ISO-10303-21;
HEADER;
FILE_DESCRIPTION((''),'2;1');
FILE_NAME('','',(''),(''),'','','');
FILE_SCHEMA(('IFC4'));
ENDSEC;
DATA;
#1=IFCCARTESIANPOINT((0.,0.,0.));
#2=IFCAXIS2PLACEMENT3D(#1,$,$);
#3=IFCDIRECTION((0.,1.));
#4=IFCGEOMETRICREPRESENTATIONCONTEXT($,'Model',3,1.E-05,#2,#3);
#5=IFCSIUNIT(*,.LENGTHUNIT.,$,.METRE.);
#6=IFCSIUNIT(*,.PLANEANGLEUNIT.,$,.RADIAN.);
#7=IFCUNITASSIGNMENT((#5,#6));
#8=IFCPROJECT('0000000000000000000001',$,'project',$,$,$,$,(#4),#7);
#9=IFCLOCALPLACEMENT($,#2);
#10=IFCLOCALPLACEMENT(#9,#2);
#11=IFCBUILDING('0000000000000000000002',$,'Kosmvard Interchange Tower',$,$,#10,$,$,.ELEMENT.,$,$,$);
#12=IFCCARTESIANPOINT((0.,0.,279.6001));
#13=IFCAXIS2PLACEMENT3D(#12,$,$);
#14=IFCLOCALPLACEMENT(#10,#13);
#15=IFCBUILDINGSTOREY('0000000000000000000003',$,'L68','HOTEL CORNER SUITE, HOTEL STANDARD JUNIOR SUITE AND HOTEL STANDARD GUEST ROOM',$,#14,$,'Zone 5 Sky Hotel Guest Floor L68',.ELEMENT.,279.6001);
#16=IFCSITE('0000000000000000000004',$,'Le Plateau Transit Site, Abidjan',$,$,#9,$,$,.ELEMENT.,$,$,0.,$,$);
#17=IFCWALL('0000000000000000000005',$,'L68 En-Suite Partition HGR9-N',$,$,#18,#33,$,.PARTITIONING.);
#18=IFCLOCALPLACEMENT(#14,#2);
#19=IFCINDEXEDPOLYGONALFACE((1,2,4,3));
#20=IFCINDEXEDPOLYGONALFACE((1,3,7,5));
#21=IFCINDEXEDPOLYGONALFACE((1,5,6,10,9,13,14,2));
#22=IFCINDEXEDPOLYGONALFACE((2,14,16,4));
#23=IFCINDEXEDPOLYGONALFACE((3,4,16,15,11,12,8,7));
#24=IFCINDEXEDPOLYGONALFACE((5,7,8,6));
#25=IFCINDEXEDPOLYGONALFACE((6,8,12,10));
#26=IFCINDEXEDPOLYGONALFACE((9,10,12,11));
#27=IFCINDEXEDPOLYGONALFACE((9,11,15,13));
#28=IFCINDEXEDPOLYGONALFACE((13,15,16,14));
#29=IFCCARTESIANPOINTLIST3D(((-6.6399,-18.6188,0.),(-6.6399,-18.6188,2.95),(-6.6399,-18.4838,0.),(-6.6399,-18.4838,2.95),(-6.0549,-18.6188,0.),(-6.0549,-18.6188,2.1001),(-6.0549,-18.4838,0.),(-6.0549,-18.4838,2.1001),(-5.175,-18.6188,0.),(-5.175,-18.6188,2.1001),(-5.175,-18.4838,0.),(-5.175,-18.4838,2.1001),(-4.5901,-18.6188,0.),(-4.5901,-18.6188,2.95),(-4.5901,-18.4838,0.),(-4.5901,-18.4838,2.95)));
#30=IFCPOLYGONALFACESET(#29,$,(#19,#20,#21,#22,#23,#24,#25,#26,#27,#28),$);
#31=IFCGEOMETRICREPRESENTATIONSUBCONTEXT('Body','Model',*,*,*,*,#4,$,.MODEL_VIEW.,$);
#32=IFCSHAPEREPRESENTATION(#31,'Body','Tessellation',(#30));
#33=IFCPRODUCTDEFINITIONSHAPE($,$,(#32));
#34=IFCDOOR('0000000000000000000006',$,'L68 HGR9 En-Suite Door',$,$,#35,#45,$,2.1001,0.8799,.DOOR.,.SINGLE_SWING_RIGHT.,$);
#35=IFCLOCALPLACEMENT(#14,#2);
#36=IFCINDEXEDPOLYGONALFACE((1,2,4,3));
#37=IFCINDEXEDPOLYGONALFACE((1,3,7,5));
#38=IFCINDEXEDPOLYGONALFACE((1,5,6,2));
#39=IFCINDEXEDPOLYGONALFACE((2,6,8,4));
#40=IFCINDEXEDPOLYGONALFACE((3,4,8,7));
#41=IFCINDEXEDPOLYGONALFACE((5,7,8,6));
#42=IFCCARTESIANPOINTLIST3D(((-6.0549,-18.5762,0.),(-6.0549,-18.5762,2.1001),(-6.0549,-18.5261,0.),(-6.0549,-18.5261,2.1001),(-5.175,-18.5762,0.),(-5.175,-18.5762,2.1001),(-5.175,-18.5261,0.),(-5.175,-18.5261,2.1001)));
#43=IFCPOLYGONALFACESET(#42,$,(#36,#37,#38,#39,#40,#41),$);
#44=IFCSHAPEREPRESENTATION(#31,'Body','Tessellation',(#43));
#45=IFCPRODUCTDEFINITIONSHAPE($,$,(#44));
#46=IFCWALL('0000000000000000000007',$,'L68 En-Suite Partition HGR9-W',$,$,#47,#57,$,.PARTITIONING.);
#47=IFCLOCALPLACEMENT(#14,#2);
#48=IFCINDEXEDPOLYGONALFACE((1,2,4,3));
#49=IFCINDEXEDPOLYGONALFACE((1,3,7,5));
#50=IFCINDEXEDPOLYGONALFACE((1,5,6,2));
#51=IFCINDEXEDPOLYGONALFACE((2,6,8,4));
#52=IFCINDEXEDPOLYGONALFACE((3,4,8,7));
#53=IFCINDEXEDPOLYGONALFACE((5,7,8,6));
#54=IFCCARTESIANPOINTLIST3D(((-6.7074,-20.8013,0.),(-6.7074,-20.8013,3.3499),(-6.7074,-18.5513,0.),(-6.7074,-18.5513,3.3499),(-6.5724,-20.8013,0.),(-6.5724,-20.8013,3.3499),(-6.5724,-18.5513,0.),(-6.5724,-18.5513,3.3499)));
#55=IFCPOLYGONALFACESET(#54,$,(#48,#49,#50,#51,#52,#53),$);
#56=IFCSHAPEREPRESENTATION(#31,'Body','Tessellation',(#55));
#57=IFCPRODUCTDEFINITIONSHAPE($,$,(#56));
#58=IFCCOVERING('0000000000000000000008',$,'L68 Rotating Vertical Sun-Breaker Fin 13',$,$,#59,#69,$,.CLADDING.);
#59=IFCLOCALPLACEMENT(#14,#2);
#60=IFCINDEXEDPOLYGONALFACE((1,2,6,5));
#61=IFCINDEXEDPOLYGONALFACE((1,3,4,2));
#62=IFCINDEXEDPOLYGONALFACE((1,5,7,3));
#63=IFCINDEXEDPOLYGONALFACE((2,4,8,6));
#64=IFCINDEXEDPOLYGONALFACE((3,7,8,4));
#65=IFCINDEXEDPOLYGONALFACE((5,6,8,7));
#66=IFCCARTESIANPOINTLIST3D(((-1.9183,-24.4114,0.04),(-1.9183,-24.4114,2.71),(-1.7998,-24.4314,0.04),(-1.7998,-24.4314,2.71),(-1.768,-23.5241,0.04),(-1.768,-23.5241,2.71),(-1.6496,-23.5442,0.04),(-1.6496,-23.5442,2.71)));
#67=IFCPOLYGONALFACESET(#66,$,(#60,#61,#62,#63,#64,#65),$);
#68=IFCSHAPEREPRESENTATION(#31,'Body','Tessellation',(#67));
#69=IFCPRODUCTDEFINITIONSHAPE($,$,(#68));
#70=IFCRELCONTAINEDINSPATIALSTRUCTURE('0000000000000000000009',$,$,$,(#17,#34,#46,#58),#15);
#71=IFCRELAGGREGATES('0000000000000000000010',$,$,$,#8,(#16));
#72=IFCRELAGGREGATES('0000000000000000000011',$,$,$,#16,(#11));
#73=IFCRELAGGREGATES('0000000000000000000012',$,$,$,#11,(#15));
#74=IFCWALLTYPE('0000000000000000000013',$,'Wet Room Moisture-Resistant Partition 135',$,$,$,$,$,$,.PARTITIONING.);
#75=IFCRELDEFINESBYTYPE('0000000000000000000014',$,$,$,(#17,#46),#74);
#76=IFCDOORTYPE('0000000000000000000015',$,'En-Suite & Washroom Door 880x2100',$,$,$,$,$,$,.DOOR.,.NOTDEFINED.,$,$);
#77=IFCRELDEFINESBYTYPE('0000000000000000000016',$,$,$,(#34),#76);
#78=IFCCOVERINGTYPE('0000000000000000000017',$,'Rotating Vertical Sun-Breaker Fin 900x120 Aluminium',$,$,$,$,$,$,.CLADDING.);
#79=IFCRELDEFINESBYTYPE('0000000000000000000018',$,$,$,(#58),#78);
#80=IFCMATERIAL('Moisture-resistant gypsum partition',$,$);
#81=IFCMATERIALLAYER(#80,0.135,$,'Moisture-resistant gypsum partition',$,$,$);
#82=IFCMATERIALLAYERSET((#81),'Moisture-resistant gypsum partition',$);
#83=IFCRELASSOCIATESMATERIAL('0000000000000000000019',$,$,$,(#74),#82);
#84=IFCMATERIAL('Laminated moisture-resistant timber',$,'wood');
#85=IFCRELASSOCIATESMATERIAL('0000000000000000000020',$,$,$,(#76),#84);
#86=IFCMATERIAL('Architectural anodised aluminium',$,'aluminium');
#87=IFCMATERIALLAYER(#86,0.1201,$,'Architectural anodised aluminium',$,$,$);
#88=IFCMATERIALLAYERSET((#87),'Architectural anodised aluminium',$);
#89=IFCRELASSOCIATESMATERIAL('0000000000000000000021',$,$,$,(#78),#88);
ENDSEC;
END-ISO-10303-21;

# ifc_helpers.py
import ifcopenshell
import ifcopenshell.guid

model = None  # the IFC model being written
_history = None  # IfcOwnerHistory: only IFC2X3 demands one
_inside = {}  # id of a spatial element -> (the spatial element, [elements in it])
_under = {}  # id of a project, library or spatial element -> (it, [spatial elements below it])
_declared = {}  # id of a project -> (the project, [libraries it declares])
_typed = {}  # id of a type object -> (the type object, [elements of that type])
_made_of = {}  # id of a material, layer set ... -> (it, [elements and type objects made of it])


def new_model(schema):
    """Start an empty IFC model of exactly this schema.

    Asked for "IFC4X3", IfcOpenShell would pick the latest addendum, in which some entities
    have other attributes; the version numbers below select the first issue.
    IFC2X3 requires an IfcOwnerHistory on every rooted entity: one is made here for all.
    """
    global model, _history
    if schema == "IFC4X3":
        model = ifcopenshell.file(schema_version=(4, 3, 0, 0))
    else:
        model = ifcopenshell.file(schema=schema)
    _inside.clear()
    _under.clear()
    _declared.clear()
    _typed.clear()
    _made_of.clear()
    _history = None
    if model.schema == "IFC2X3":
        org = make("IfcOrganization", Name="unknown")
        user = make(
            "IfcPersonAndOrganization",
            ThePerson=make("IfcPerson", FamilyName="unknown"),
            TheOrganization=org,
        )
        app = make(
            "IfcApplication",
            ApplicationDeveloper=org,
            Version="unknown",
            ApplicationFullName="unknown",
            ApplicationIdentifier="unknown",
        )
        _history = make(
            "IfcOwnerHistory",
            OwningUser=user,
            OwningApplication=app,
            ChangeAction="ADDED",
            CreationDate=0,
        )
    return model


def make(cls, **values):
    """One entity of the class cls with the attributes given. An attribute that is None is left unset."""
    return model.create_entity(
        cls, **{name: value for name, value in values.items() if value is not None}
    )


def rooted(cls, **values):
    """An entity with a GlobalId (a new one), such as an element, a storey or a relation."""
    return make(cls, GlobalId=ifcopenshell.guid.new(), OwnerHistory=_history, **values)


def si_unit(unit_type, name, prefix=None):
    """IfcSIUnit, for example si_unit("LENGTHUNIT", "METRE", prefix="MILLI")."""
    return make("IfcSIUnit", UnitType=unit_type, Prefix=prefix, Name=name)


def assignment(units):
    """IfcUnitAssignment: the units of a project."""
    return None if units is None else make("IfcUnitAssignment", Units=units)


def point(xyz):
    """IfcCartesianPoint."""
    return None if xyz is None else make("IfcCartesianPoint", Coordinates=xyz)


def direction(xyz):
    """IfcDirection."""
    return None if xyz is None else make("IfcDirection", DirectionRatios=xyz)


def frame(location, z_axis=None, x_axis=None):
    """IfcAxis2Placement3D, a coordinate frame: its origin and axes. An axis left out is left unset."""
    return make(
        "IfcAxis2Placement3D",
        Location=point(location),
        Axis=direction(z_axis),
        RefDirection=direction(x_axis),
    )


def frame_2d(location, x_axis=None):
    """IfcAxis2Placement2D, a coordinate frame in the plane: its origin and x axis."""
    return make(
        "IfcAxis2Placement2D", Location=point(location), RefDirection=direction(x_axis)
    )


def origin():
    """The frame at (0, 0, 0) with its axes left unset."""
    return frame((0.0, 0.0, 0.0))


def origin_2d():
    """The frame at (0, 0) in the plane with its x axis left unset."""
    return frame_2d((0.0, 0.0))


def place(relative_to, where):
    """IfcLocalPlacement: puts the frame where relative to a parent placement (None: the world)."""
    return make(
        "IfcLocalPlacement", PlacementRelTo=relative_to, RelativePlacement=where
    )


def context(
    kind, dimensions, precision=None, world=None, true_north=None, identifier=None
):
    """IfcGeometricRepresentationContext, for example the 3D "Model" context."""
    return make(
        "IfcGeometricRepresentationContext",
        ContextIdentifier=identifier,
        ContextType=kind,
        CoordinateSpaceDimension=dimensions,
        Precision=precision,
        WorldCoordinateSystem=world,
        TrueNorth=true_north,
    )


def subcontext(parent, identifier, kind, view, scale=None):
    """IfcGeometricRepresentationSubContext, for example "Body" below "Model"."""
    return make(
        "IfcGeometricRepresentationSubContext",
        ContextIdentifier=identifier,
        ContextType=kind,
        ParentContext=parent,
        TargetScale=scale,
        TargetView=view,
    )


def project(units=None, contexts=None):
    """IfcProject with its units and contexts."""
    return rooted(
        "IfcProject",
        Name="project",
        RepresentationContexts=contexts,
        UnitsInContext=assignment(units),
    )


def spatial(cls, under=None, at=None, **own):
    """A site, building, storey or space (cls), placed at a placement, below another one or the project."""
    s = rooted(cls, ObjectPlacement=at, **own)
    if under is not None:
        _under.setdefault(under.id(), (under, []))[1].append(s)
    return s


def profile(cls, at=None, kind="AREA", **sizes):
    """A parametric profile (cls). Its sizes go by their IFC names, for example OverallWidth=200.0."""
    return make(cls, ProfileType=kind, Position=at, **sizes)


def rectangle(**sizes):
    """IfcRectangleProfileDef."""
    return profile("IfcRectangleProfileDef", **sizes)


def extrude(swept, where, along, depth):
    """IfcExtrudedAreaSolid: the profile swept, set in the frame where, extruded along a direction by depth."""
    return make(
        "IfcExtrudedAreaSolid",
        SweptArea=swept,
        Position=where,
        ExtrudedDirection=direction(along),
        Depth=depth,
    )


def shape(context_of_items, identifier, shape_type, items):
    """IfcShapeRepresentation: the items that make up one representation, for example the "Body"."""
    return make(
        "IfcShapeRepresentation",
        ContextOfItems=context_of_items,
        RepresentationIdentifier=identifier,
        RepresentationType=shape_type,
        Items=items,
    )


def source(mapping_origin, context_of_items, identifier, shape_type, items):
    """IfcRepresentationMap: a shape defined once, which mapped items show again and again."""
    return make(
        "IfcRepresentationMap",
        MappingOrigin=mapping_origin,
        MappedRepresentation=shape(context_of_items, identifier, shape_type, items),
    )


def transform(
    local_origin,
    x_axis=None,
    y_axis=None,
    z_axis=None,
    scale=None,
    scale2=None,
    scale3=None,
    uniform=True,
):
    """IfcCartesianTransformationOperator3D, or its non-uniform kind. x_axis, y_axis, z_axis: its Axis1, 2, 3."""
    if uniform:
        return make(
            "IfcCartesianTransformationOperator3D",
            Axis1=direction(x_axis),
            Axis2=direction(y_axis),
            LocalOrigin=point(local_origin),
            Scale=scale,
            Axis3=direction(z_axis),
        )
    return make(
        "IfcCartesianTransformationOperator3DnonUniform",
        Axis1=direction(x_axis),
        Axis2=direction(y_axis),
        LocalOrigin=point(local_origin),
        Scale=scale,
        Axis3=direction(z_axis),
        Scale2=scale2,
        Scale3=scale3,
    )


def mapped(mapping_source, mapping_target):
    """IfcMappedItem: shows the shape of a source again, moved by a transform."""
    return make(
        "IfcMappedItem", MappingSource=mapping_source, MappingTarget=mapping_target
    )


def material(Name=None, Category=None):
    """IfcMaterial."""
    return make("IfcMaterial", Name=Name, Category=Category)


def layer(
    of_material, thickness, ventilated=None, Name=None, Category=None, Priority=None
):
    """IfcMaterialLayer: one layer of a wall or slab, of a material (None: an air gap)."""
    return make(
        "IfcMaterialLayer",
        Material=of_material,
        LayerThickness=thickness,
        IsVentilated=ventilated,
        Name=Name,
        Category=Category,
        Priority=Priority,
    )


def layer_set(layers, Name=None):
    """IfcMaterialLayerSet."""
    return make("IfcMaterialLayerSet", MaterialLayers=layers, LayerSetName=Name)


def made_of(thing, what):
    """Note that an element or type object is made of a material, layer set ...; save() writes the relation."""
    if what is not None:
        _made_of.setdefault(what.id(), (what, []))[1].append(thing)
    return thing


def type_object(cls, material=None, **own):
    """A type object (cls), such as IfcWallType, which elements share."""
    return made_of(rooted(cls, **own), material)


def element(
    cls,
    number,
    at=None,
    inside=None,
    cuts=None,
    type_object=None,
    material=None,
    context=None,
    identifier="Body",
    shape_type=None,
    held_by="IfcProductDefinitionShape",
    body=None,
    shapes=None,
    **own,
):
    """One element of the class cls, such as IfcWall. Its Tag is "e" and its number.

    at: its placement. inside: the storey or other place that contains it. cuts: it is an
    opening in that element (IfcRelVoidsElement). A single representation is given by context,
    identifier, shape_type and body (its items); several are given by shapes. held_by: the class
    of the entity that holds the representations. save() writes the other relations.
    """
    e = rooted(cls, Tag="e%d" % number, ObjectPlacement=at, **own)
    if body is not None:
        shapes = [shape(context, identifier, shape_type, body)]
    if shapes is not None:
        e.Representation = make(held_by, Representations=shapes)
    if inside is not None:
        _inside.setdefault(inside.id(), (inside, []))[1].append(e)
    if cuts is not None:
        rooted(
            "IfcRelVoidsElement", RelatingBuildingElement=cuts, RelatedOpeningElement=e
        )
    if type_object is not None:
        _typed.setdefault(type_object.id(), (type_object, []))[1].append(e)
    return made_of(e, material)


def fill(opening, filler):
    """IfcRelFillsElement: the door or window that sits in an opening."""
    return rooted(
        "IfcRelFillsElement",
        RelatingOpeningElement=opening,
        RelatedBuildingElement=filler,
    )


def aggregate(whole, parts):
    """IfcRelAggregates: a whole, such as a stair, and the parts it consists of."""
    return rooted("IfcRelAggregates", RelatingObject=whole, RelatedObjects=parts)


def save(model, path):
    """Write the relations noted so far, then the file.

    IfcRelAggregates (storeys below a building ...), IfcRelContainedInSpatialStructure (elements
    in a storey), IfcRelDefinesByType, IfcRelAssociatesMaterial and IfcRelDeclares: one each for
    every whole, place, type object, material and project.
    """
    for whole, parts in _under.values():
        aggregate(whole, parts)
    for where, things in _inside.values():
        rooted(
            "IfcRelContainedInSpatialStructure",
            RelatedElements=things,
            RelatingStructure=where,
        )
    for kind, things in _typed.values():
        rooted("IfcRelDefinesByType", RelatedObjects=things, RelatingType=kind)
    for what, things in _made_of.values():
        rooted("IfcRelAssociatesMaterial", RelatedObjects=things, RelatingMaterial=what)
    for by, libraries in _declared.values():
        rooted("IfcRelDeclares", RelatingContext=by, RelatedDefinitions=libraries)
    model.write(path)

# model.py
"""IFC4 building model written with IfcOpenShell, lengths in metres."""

from ifc_helpers import new_model, si_unit, direction, frame, frame_2d, origin, origin_2d, place, context, subcontext, project, spatial, rectangle, extrude, source, transform, mapped, material, layer, layer_set, type_object, element, fill, save


model = new_model("IFC4")

# Units and contexts
model_context = context("Model", 3, precision=1e-05, world=origin(), true_north=direction((0.0, 1.0)))
body_context = subcontext(model_context, "Body", "Model", "MODEL_VIEW")
ifc_project = project(units=[si_unit("LENGTHUNIT", "METRE"), si_unit("PLANEANGLEUNIT", "RADIAN")], contexts=[model_context])

# Site, building, storey
site_placement = place(None, origin())
site = spatial("IfcSite", under=ifc_project, at=site_placement, Name="Le Plateau Transit Site, Abidjan", CompositionType="ELEMENT", RefElevation=0.0)
building_placement = place(site_placement, origin())
building = spatial("IfcBuilding", under=site, at=building_placement, Name="Kosmvard Interchange Tower", CompositionType="ELEMENT")
storey_placement = place(building_placement, frame((0.0, 0.0, 279.6001)))
storey = spatial("IfcBuildingStorey", under=building, at=storey_placement, Name="L68", Description="HOTEL CORNER SUITE, HOTEL STANDARD JUNIOR SUITE AND HOTEL STANDARD GUEST ROOM", LongName="Zone 5 Sky Hotel Guest Floor L68", CompositionType="ELEMENT", Elevation=279.6001)

# Shared definitions
ifc_material_1 = material(Name="Laminated moisture-resistant timber", Category="wood")

# Shared definitions
ifc_material_2 = material(Name="Moisture-resistant gypsum partition")
ifc_layer_1 = layer(ifc_material_2, 0.135, Name="Moisture-resistant gypsum partition")
ifc_layer_set_1 = layer_set([ifc_layer_1], Name="Moisture-resistant gypsum partition")
wall_type_1 = type_object("IfcWallType", Name="Wet Room Moisture-Resistant Partition 135", PredefinedType="PARTITIONING", material=ifc_layer_set_1)

# Wall, opening, door
wall_1_placement = place(storey_placement, frame((-6.6399, -18.5513, 0.0), z_axis=(0.0, 0.0, 1.0), x_axis=(1.0, 0.0, 0.0)))
wall_1 = element("IfcWall", 1, at=wall_1_placement, inside=storey, type_object=wall_type_1, Name="L68 En-Suite Partition HGR9-N", PredefinedType="PARTITIONING", context=body_context, shape_type="SweptSolid", body=[
    extrude(rectangle(XDim=2.0498, YDim=0.135, at=frame_2d((1.0249, 0.0))), origin(), (0.0, 0.0, 1.0), 2.95),
])
opening_1_placement = place(wall_1_placement, frame((0.585, 0.0, 0.0)))
opening_1 = element("IfcOpeningElement", 2, at=opening_1_placement, cuts=wall_1, PredefinedType="OPENING", context=body_context, shape_type="SweptSolid", body=[
    extrude(rectangle(XDim=0.8799, YDim=2.1001, at=frame_2d((0.4399, 1.05))), frame((0.0, 0.0776, 0.0), z_axis=(0.0, -1.0, 0.0), x_axis=(1.0, 0.0, 0.0)), (0.0, 0.0, 1.0), 0.155),
])
door_type_1 = type_object("IfcDoorType", Name="En-Suite & Washroom Door 880x2100", OperationType="NOTDEFINED", PredefinedType="DOOR", material=ifc_material_1)
shared_shape_1 = source(origin(), body_context, "Body", "SweptSolid", [
    extrude(rectangle(XDim=0.8799, YDim=2.1001, at=frame_2d((0.4399, 1.05))), frame((0.0, 0.0249, 0.0), z_axis=(0.0, -1.0, 0.0), x_axis=(1.0, 0.0, 0.0)), (0.0, 0.0, 1.0), 0.05),
])
door_1_placement = place(opening_1_placement, frame((0.8799, 0.0, 0.0), z_axis=(0.0, 0.0, 1.0), x_axis=(-1.0, 0.0, 0.0)))
door_1 = element("IfcDoor", 3, at=door_1_placement, inside=storey, type_object=door_type_1, Name="L68 HGR9 En-Suite Door", OperationType="SINGLE_SWING_RIGHT", OverallHeight=2.1001, OverallWidth=0.8799, PredefinedType="DOOR", context=body_context, shape_type="MappedRepresentation", body=[
    mapped(shared_shape_1, transform((0.0, 0.0, 0.0), scale=1.0)),
])
fill(opening_1, door_1)

# Wall
wall_2_placement = place(storey_placement, frame((-6.6399, -20.8013, 0.0), z_axis=(0.0, 0.0, 1.0), x_axis=(0.0, 1.0, 0.0)))
element("IfcWall", 4, at=wall_2_placement, inside=storey, type_object=wall_type_1, Name="L68 En-Suite Partition HGR9-W", PredefinedType="PARTITIONING", context=body_context, shape_type="SweptSolid", body=[
    extrude(rectangle(XDim=2.25, YDim=0.135, at=frame_2d((1.125, 0.0))), origin(), (0.0, 0.0, 1.0), 3.3499),
])

# Covering
ifc_material_3 = material(Name="Architectural anodised aluminium", Category="aluminium")
ifc_layer_2 = layer(ifc_material_3, 0.1201, Name="Architectural anodised aluminium")
ifc_layer_set_2 = layer_set([ifc_layer_2], Name="Architectural anodised aluminium")
covering_type = type_object("IfcCoveringType", Name="Rotating Vertical Sun-Breaker Fin 900x120 Aluminium", PredefinedType="CLADDING", material=ifc_layer_set_2)
shared_shape_2 = source(origin(), body_context, "Body", "SweptSolid", [
    extrude(rectangle(XDim=0.8999, YDim=0.1201, at=origin_2d()), origin(), (0.0, 0.0, 1.0), 2.6699),
])
covering_placement = place(storey_placement, frame((-1.7839, -23.9778, 0.04), z_axis=(0.0, 0.0, 1.0), x_axis=(-0.166941, -0.985967, 0.0)))
element("IfcCovering", 5, at=covering_placement, inside=storey, type_object=covering_type, Name="L68 Rotating Vertical Sun-Breaker Fin 13", PredefinedType="CLADDING", context=body_context, shape_type="MappedRepresentation", body=[
    mapped(shared_shape_2, transform((0.0, 0.0, 0.0), scale=1.0)),
])

save(model, "model.ifc")
